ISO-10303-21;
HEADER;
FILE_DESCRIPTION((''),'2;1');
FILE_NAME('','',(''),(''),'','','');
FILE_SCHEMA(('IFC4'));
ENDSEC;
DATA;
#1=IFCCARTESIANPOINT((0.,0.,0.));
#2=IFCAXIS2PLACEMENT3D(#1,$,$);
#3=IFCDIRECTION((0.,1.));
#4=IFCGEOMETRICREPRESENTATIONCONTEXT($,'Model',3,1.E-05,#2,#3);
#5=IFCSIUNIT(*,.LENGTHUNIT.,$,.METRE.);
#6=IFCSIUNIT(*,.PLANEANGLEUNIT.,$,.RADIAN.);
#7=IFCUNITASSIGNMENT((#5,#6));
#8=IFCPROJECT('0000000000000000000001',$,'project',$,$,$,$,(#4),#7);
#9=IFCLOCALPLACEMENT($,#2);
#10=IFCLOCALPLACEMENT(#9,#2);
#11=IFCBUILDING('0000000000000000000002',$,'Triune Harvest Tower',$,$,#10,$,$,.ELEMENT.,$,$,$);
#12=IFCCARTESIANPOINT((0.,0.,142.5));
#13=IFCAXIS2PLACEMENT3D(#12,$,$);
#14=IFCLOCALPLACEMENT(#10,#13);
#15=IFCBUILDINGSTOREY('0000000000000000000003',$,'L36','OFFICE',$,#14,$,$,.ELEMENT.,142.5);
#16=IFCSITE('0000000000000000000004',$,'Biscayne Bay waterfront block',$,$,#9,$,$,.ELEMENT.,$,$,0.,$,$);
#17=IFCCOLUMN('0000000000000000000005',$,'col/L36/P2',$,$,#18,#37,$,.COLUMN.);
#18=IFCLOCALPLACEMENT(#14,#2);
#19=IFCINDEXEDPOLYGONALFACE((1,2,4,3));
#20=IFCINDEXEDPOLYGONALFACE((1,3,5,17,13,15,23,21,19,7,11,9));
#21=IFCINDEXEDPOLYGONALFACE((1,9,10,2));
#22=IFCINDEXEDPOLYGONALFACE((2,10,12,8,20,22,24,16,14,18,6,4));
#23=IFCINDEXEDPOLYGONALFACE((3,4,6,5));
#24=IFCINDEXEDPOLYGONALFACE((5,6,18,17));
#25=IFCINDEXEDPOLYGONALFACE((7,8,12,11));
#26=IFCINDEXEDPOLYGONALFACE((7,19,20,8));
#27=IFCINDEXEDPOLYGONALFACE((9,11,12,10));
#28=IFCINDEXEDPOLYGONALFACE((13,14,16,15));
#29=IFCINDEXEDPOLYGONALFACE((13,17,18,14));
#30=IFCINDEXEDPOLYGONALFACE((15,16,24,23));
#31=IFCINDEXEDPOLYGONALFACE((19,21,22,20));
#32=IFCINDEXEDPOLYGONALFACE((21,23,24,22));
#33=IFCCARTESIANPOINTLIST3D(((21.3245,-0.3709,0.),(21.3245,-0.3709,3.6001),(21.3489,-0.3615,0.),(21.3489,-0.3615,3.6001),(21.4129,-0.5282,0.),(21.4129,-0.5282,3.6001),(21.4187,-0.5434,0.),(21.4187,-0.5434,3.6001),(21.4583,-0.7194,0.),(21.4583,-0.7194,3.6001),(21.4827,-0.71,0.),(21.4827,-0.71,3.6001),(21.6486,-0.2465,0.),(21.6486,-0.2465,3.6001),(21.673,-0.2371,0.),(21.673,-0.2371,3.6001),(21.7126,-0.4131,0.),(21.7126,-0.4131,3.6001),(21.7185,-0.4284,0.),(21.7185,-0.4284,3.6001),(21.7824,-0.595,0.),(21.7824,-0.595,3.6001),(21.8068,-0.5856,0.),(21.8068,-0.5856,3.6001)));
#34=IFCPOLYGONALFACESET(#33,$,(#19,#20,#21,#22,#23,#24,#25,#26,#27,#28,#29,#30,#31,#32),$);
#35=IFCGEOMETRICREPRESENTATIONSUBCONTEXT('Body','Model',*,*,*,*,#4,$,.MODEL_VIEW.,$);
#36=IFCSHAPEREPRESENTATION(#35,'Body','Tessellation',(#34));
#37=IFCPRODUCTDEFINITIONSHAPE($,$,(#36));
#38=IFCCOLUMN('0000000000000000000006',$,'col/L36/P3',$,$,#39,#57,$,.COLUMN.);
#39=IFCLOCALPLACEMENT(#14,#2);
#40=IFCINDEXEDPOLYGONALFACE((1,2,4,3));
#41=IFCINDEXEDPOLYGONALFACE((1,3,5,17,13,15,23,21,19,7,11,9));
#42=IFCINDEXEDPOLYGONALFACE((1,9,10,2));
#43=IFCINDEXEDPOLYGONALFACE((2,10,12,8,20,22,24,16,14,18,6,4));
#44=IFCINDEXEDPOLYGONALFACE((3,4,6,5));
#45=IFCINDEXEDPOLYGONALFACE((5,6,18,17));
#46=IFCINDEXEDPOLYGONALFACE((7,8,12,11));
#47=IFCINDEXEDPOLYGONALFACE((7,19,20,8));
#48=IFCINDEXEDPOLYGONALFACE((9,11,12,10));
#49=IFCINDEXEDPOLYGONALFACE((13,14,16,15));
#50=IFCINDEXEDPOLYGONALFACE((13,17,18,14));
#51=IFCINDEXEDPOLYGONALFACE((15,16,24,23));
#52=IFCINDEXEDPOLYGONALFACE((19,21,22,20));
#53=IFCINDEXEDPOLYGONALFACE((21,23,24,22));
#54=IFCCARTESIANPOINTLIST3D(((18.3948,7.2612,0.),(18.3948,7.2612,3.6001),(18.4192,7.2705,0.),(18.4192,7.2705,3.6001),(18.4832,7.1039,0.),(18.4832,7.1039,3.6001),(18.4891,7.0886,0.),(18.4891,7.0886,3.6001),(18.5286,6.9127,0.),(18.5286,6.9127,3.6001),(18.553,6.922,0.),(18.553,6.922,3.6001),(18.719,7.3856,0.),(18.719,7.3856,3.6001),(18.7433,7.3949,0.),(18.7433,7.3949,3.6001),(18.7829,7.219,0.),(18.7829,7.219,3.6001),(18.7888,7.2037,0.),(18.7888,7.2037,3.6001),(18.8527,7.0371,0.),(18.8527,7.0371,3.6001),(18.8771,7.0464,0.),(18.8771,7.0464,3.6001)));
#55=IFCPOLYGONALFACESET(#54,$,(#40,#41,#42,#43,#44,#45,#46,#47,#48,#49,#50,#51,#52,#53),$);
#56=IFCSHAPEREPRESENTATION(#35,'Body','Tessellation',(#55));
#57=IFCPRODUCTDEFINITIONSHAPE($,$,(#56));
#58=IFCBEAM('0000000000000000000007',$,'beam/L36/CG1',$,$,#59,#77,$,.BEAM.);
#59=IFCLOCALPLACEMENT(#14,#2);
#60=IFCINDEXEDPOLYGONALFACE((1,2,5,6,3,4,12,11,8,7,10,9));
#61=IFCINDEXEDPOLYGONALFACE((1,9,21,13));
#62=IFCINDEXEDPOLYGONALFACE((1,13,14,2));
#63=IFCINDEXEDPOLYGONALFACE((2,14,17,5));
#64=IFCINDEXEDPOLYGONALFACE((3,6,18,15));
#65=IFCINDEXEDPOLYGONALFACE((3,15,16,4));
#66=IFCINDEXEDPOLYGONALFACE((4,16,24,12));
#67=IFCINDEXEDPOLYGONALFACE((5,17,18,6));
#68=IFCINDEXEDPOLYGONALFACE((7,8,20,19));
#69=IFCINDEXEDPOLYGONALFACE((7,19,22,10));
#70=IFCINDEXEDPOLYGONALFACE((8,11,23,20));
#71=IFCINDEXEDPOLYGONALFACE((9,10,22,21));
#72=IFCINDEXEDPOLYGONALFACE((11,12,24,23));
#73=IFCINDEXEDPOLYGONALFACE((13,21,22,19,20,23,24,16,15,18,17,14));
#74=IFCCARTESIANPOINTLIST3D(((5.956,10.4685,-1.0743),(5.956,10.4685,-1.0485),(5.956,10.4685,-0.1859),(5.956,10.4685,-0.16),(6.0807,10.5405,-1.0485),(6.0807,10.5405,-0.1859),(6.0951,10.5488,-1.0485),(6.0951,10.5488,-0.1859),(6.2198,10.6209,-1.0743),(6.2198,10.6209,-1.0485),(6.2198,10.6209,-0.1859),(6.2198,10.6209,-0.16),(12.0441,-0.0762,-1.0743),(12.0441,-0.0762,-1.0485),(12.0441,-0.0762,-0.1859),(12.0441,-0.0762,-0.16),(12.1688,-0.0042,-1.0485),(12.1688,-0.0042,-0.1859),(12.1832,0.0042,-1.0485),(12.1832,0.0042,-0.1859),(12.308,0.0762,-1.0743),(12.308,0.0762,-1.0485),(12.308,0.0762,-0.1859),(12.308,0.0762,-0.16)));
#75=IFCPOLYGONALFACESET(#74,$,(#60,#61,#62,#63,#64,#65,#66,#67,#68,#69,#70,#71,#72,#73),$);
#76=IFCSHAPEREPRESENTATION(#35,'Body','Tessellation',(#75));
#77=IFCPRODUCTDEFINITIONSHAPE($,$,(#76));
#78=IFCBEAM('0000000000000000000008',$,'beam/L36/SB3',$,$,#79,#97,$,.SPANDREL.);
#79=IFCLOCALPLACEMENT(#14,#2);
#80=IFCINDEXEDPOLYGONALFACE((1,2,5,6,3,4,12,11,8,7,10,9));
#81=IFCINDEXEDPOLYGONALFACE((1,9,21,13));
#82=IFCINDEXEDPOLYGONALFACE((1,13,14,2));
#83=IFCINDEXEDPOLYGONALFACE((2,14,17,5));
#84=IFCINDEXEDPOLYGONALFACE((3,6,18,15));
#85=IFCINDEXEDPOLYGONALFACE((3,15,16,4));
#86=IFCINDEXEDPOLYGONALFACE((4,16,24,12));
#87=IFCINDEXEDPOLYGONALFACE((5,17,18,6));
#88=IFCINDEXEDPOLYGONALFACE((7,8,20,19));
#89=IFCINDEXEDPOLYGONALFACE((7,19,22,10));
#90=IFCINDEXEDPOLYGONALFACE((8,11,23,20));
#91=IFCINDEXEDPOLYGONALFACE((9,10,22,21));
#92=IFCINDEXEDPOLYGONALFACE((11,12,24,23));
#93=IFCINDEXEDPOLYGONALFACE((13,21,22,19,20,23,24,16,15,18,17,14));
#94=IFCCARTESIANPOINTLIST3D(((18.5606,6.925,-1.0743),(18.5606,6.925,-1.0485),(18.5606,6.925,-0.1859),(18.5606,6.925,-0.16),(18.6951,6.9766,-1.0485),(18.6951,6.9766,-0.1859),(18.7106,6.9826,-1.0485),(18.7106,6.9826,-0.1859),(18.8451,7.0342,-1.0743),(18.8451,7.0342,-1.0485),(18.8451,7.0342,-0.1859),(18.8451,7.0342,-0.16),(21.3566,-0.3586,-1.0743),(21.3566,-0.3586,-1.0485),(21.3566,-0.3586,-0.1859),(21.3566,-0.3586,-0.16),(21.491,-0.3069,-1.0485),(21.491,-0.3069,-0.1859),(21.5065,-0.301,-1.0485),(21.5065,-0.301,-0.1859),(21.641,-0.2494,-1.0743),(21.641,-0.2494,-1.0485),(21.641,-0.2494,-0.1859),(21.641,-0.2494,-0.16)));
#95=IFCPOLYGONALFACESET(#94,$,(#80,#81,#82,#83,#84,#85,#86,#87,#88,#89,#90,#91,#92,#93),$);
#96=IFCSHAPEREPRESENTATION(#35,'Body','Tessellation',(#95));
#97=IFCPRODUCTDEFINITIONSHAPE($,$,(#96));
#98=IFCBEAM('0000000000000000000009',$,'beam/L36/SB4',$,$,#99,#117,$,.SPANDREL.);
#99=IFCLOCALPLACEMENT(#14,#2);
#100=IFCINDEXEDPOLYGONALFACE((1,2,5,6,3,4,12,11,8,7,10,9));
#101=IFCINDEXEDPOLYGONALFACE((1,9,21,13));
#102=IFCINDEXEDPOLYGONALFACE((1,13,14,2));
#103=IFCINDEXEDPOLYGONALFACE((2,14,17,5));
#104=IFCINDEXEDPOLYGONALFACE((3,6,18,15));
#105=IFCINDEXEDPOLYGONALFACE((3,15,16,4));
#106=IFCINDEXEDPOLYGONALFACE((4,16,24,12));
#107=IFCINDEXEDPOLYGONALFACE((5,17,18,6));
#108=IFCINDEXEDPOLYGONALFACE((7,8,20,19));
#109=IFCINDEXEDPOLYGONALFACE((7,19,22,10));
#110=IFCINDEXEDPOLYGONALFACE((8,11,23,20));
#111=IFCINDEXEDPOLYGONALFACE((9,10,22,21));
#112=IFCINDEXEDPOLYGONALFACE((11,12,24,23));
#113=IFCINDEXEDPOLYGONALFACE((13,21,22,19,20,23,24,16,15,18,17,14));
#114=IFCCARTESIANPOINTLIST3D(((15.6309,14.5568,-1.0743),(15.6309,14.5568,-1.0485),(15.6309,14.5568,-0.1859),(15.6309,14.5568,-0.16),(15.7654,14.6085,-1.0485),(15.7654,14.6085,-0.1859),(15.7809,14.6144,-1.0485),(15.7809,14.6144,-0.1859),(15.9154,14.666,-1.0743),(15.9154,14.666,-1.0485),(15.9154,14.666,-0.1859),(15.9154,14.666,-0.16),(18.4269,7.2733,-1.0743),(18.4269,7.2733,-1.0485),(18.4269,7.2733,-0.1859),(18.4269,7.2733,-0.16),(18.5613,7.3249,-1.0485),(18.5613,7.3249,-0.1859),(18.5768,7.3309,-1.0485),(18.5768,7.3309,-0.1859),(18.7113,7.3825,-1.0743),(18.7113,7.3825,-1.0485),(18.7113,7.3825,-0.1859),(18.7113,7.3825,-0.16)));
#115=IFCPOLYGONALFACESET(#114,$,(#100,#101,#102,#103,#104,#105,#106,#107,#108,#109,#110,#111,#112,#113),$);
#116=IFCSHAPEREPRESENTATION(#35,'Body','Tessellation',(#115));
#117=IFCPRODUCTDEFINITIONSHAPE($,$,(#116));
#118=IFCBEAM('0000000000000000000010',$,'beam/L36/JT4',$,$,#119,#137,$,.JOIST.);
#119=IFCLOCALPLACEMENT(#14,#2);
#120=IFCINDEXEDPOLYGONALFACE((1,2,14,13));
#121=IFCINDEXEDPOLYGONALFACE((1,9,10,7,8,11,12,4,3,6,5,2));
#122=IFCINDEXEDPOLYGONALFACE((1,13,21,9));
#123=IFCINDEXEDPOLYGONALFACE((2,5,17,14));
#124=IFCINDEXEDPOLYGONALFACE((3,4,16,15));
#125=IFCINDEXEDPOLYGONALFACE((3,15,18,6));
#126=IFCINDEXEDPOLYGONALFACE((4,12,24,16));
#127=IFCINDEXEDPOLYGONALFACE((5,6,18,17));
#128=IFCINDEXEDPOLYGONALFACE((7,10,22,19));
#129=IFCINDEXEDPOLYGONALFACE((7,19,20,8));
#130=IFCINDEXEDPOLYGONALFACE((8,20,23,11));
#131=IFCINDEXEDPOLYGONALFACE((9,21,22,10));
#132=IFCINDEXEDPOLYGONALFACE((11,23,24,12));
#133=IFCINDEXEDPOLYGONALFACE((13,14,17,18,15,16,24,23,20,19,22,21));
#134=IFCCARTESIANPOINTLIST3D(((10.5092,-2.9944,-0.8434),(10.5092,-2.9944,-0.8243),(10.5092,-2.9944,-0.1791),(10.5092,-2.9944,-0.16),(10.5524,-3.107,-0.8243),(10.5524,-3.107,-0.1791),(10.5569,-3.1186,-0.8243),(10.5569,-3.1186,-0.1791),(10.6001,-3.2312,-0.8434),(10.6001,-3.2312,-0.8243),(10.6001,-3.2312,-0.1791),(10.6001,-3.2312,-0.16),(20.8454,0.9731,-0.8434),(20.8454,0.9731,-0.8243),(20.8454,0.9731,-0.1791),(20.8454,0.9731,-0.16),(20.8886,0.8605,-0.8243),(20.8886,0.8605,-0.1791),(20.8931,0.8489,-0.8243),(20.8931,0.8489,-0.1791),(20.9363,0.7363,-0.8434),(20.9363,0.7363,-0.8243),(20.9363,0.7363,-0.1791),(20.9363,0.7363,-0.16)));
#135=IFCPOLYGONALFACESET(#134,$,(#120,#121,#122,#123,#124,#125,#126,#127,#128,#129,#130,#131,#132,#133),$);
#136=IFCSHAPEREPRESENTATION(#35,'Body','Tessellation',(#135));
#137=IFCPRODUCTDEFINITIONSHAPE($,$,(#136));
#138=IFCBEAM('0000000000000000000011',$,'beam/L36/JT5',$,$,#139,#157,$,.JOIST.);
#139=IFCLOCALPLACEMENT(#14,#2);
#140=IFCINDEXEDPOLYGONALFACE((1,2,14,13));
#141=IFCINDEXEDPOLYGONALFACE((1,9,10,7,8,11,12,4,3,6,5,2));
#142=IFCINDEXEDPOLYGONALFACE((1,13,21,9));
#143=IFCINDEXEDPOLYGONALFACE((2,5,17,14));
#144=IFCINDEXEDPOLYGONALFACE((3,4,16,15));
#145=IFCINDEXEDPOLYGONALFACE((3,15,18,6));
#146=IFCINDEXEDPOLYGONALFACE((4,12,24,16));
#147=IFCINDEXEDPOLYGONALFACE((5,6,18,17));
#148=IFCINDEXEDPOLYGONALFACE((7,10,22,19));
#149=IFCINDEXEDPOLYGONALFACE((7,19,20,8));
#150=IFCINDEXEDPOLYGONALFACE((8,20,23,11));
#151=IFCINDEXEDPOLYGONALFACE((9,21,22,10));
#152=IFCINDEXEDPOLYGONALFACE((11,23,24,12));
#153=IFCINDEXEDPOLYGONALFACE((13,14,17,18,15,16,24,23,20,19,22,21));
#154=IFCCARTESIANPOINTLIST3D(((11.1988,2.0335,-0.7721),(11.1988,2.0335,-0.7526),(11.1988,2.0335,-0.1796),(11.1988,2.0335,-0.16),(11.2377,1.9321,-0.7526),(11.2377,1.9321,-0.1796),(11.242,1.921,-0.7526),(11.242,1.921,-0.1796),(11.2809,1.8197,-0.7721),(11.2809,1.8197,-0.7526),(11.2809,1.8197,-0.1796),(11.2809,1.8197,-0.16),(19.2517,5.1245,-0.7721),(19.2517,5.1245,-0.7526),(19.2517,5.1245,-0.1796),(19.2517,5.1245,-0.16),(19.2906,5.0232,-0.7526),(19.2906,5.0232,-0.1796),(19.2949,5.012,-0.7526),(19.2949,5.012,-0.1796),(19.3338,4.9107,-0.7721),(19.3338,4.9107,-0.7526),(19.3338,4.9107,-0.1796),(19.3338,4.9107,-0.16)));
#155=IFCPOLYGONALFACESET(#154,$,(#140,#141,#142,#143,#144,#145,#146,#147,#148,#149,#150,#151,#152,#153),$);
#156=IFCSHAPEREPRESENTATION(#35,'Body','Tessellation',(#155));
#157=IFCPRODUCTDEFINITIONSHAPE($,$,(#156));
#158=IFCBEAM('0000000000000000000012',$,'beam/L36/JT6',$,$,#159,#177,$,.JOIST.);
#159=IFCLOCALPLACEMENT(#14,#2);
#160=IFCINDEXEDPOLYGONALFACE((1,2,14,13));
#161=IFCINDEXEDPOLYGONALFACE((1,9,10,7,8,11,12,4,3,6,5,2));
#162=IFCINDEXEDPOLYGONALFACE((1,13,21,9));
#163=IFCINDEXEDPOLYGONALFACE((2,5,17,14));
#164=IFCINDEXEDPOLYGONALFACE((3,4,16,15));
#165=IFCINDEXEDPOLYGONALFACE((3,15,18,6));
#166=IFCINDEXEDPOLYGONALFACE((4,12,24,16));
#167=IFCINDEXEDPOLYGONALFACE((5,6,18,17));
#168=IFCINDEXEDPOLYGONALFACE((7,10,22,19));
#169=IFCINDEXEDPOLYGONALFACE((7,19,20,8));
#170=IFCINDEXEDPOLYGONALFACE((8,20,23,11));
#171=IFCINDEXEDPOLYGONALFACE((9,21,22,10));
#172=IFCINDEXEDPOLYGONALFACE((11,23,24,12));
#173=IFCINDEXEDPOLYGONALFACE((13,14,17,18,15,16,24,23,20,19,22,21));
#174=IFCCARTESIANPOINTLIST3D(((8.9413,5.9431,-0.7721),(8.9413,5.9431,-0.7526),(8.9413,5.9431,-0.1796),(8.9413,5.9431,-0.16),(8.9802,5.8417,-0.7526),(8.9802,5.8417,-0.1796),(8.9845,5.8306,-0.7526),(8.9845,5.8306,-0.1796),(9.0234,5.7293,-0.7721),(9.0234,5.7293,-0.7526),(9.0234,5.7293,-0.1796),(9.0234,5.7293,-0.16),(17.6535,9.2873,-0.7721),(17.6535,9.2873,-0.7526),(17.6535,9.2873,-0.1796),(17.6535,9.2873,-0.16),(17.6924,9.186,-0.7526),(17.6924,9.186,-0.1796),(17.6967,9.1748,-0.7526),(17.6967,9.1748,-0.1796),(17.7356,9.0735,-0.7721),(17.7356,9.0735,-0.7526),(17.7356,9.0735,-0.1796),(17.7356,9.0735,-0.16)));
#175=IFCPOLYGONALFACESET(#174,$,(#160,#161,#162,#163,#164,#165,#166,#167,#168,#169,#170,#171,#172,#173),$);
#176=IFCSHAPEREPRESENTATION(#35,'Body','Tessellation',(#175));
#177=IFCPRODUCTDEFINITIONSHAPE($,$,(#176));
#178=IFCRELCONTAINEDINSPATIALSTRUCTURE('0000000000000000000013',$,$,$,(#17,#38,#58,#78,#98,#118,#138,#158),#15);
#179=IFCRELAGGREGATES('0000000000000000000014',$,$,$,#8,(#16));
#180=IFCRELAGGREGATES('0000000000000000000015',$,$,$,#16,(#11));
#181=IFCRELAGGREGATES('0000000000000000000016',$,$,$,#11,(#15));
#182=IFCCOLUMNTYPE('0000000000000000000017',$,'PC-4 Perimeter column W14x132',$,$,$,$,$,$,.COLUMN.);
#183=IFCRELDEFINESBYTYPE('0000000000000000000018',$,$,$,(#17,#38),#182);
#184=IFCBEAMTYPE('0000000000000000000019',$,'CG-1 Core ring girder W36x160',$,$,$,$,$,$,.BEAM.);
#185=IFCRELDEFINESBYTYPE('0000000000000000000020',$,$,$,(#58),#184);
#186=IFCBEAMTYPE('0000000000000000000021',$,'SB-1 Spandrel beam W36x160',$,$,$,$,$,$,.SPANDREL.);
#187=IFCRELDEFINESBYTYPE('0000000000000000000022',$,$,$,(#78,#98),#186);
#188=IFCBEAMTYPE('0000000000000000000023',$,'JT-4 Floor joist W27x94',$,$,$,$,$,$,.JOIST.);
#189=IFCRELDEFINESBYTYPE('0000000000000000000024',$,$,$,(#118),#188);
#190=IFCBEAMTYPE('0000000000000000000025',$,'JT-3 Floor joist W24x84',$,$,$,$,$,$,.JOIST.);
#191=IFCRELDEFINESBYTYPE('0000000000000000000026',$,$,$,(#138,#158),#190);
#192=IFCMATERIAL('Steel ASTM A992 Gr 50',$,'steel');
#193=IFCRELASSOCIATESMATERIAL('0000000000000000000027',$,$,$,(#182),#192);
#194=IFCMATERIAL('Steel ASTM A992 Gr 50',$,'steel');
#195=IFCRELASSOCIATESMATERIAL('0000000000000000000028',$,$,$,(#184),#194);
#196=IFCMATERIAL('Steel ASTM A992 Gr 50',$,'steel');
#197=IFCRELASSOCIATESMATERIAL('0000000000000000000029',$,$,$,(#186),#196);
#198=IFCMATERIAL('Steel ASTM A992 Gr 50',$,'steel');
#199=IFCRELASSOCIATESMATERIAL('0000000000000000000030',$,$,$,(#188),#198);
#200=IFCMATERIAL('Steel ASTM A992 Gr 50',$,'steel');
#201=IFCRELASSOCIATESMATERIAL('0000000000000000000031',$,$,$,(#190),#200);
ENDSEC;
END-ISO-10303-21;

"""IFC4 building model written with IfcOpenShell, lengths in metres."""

from ifc_helpers import new_model, si_unit, direction, frame, origin, origin_2d, place, context, subcontext, project, spatial, i_section, extrude, source, transform, mapped, material, material_profile, profile_set, type_object, element, save


model = new_model("IFC4")

# Units and contexts
model_context = context("Model", 3, precision=1e-05, world=origin(), true_north=direction((0.0, 1.0)))
body_context = subcontext(model_context, "Body", "Model", "MODEL_VIEW")
ifc_project = project(units=[si_unit("LENGTHUNIT", "METRE"), si_unit("PLANEANGLEUNIT", "RADIAN")], contexts=[model_context])

# Site, building, storey
site_placement = place(None, origin())
site = spatial("IfcSite", under=ifc_project, at=site_placement, Name="Biscayne Bay waterfront block", CompositionType="ELEMENT", RefElevation=0.0)
building_placement = place(site_placement, origin())
building = spatial("IfcBuilding", under=site, at=building_placement, Name="Triune Harvest Tower", CompositionType="ELEMENT")
storey_placement = place(building_placement, frame((0.0, 0.0, 142.5)))
storey = spatial("IfcBuildingStorey", under=building, at=storey_placement, Name="L36", Description="OFFICE", CompositionType="ELEMENT", Elevation=142.5)

# Columns
ifc_material_1 = material(Name="Steel ASTM A992 Gr 50", Category="steel")
ifc_material_profile_1 = material_profile(ifc_material_1, i_section(OverallWidth=0.3733, OverallDepth=0.3733, WebThickness=0.0164, FlangeThickness=0.0261, at=origin_2d()), Name="W14x132")
ifc_profile_set_1 = profile_set([ifc_material_profile_1], Name="Steel ASTM A992 Gr 50")
column_type = type_object("IfcColumnType", Name="PC-4 Perimeter column W14x132", PredefinedType="COLUMN", material=ifc_profile_set_1)
shared_shape_1 = source(origin(), body_context, "Body", "SweptSolid", [
    extrude(i_section(OverallWidth=0.3733, OverallDepth=0.3733, WebThickness=0.0164, FlangeThickness=0.0261, at=origin_2d()), origin(), (0.0, 0.0, 1.0), 3.6001),
])
for number, where, z_axis, x_axis, name in (
    (1, (21.5657, -0.4783, 0.0), (0.0, 0.0, 1.0), (-0.358368, 0.93358, 0.0), "col/L36/P2"),
    (2, (18.636, 7.1538, 0.0), (0.0, 0.0, 1.0), (-0.358368, 0.93358, 0.0), "col/L36/P3"),
):
    element("IfcColumn", number, at=place(storey_placement, frame(where, z_axis=z_axis, x_axis=x_axis)), inside=storey, type_object=column_type, Name=name, PredefinedType="COLUMN", context=body_context, shape_type="MappedRepresentation", body=[
        mapped(shared_shape_1, transform((0.0, 0.0, 0.0), scale=1.0)),
    ])

# Beams
ifc_material_2 = material(Name="Steel ASTM A992 Gr 50", Category="steel")
ifc_material_profile_2 = material_profile(ifc_material_2, i_section(OverallWidth=0.3047, OverallDepth=0.9143, WebThickness=0.0166, FlangeThickness=0.0259, at=origin_2d()), Name="W36x160")
ifc_profile_set_2 = profile_set([ifc_material_profile_2], Name="Steel ASTM A992 Gr 50")
beam_type_1 = type_object("IfcBeamType", Name="CG-1 Core ring girder W36x160", PredefinedType="BEAM", material=ifc_profile_set_2)
shared_shape_2 = source(origin(), body_context, "Body", "SweptSolid", [
    extrude(i_section(OverallWidth=0.3047, OverallDepth=0.9143, WebThickness=0.0166, FlangeThickness=0.0259, at=origin_2d()), origin(), (0.0, 0.0, 1.0), 12.176),
])
beam_1_placement = place(storey_placement, frame((12.176, 0.0, -0.6172), z_axis=(-0.50001, 0.86602, 0.0), x_axis=(-0.86602, -0.50001, 0.0)))
element("IfcBeam", 3, at=beam_1_placement, inside=storey, type_object=beam_type_1, Name="beam/L36/CG1", PredefinedType="BEAM", context=body_context, shape_type="MappedRepresentation", body=[
    mapped(shared_shape_2, transform((0.0, 0.0, 0.0), scale=1.0)),
])
ifc_material_3 = material(Name="Steel ASTM A992 Gr 50", Category="steel")
ifc_material_profile_3 = material_profile(ifc_material_3, i_section(OverallWidth=0.3047, OverallDepth=0.9143, WebThickness=0.0166, FlangeThickness=0.0259, at=origin_2d()), Name="W36x160")
ifc_profile_set_3 = profile_set([ifc_material_profile_3], Name="Steel ASTM A992 Gr 50")
beam_type_2 = type_object("IfcBeamType", Name="SB-1 Spandrel beam W36x160", PredefinedType="SPANDREL", material=ifc_profile_set_3)
shared_shape_3 = source(origin(), body_context, "Body", "SweptSolid", [
    extrude(i_section(OverallWidth=0.3047, OverallDepth=0.9143, WebThickness=0.0166, FlangeThickness=0.0259, at=origin_2d()), origin(), (0.0, 0.0, 1.0), 7.8018),
])
for number, where, z_axis, x_axis, name in (
    (4, (21.4988, -0.304, -0.6172), (-0.358373, 0.933578, 0.0), (-0.933578, -0.358373, 0.0), "beam/L36/SB3"),
    (5, (18.5691, 7.3279, -0.6172), (-0.358373, 0.933578, 0.0), (-0.933578, -0.358373, 0.0), "beam/L36/SB4"),
):
    element("IfcBeam", number, at=place(storey_placement, frame(where, z_axis=z_axis, x_axis=x_axis)), inside=storey, type_object=beam_type_2, Name=name, PredefinedType="SPANDREL", context=body_context, shape_type="MappedRepresentation", body=[
        mapped(shared_shape_3, transform((0.0, 0.0, 0.0), scale=1.0)),
    ])
ifc_material_4 = material(Name="Steel ASTM A992 Gr 50", Category="steel")
ifc_material_profile_4 = material_profile(ifc_material_4, i_section(OverallWidth=0.2537, OverallDepth=0.6833, WebThickness=0.0125, FlangeThickness=0.019, at=origin_2d()), Name="W27x94")
ifc_profile_set_4 = profile_set([ifc_material_profile_4], Name="Steel ASTM A992 Gr 50")
beam_type_3 = type_object("IfcBeamType", Name="JT-4 Floor joist W27x94", PredefinedType="JOIST", material=ifc_profile_set_4)
shared_shape_4 = source(origin(), body_context, "Body", "SweptSolid", [
    extrude(i_section(OverallWidth=0.2537, OverallDepth=0.6833, WebThickness=0.0125, FlangeThickness=0.019, at=origin_2d()), origin(), (0.0, 0.0, 1.0), 11.0715),
])
beam_2_placement = place(storey_placement, frame((20.8909, 0.8547, -0.5017), z_axis=(-0.933585, -0.358355, 0.0), x_axis=(0.358355, -0.933585, 0.0)))
element("IfcBeam", 6, at=beam_2_placement, inside=storey, type_object=beam_type_3, Name="beam/L36/JT4", PredefinedType="JOIST", context=body_context, shape_type="MappedRepresentation", body=[
    mapped(shared_shape_4, transform((0.0, 0.0, 0.0), scale=1.0)),
])
ifc_material_5 = material(Name="Steel ASTM A992 Gr 50", Category="steel")
ifc_material_profile_5 = material_profile(ifc_material_5, i_section(OverallWidth=0.229, OverallDepth=0.6121, WebThickness=0.012, FlangeThickness=0.0195, at=origin_2d()), Name="W24x84")
ifc_profile_set_5 = profile_set([ifc_material_profile_5], Name="Steel ASTM A992 Gr 50")
beam_type_4 = type_object("IfcBeamType", Name="JT-3 Floor joist W24x84", PredefinedType="JOIST", material=ifc_profile_set_5)
shared_shape_5 = source(origin(), body_context, "Body", "SweptSolid", [
    extrude(i_section(OverallWidth=0.229, OverallDepth=0.6121, WebThickness=0.012, FlangeThickness=0.0195, at=origin_2d()), origin(), (0.0, 0.0, 1.0), 8.6257),
])
beam_3_placement = place(storey_placement, frame((19.2927, 5.0176, -0.4661), z_axis=(-0.933588, -0.358349, 0.0), x_axis=(0.358349, -0.933588, 0.0)))
element("IfcBeam", 7, at=beam_3_placement, inside=storey, type_object=beam_type_4, Name="beam/L36/JT5", PredefinedType="JOIST", context=body_context, shape_type="MappedRepresentation", body=[
    mapped(shared_shape_5, transform((0.0, 0.0, 0.0), scale=1.0)),
])
shared_shape_6 = source(origin(), body_context, "Body", "SweptSolid", [
    extrude(i_section(OverallWidth=0.229, OverallDepth=0.6121, WebThickness=0.012, FlangeThickness=0.0195, at=origin_2d()), origin(), (0.0, 0.0, 1.0), 9.332),
])
beam_4_placement = place(storey_placement, frame((17.6946, 9.1804, -0.4661), z_axis=(-0.933582, -0.358364, 0.0), x_axis=(0.358364, -0.933582, 0.0)))
element("IfcBeam", 8, at=beam_4_placement, inside=storey, type_object=beam_type_4, Name="beam/L36/JT6", PredefinedType="JOIST", context=body_context, shape_type="MappedRepresentation", body=[
    mapped(shared_shape_6, transform((0.0, 0.0, 0.0), scale=1.0)),
])

save(model, "model.ifc")
